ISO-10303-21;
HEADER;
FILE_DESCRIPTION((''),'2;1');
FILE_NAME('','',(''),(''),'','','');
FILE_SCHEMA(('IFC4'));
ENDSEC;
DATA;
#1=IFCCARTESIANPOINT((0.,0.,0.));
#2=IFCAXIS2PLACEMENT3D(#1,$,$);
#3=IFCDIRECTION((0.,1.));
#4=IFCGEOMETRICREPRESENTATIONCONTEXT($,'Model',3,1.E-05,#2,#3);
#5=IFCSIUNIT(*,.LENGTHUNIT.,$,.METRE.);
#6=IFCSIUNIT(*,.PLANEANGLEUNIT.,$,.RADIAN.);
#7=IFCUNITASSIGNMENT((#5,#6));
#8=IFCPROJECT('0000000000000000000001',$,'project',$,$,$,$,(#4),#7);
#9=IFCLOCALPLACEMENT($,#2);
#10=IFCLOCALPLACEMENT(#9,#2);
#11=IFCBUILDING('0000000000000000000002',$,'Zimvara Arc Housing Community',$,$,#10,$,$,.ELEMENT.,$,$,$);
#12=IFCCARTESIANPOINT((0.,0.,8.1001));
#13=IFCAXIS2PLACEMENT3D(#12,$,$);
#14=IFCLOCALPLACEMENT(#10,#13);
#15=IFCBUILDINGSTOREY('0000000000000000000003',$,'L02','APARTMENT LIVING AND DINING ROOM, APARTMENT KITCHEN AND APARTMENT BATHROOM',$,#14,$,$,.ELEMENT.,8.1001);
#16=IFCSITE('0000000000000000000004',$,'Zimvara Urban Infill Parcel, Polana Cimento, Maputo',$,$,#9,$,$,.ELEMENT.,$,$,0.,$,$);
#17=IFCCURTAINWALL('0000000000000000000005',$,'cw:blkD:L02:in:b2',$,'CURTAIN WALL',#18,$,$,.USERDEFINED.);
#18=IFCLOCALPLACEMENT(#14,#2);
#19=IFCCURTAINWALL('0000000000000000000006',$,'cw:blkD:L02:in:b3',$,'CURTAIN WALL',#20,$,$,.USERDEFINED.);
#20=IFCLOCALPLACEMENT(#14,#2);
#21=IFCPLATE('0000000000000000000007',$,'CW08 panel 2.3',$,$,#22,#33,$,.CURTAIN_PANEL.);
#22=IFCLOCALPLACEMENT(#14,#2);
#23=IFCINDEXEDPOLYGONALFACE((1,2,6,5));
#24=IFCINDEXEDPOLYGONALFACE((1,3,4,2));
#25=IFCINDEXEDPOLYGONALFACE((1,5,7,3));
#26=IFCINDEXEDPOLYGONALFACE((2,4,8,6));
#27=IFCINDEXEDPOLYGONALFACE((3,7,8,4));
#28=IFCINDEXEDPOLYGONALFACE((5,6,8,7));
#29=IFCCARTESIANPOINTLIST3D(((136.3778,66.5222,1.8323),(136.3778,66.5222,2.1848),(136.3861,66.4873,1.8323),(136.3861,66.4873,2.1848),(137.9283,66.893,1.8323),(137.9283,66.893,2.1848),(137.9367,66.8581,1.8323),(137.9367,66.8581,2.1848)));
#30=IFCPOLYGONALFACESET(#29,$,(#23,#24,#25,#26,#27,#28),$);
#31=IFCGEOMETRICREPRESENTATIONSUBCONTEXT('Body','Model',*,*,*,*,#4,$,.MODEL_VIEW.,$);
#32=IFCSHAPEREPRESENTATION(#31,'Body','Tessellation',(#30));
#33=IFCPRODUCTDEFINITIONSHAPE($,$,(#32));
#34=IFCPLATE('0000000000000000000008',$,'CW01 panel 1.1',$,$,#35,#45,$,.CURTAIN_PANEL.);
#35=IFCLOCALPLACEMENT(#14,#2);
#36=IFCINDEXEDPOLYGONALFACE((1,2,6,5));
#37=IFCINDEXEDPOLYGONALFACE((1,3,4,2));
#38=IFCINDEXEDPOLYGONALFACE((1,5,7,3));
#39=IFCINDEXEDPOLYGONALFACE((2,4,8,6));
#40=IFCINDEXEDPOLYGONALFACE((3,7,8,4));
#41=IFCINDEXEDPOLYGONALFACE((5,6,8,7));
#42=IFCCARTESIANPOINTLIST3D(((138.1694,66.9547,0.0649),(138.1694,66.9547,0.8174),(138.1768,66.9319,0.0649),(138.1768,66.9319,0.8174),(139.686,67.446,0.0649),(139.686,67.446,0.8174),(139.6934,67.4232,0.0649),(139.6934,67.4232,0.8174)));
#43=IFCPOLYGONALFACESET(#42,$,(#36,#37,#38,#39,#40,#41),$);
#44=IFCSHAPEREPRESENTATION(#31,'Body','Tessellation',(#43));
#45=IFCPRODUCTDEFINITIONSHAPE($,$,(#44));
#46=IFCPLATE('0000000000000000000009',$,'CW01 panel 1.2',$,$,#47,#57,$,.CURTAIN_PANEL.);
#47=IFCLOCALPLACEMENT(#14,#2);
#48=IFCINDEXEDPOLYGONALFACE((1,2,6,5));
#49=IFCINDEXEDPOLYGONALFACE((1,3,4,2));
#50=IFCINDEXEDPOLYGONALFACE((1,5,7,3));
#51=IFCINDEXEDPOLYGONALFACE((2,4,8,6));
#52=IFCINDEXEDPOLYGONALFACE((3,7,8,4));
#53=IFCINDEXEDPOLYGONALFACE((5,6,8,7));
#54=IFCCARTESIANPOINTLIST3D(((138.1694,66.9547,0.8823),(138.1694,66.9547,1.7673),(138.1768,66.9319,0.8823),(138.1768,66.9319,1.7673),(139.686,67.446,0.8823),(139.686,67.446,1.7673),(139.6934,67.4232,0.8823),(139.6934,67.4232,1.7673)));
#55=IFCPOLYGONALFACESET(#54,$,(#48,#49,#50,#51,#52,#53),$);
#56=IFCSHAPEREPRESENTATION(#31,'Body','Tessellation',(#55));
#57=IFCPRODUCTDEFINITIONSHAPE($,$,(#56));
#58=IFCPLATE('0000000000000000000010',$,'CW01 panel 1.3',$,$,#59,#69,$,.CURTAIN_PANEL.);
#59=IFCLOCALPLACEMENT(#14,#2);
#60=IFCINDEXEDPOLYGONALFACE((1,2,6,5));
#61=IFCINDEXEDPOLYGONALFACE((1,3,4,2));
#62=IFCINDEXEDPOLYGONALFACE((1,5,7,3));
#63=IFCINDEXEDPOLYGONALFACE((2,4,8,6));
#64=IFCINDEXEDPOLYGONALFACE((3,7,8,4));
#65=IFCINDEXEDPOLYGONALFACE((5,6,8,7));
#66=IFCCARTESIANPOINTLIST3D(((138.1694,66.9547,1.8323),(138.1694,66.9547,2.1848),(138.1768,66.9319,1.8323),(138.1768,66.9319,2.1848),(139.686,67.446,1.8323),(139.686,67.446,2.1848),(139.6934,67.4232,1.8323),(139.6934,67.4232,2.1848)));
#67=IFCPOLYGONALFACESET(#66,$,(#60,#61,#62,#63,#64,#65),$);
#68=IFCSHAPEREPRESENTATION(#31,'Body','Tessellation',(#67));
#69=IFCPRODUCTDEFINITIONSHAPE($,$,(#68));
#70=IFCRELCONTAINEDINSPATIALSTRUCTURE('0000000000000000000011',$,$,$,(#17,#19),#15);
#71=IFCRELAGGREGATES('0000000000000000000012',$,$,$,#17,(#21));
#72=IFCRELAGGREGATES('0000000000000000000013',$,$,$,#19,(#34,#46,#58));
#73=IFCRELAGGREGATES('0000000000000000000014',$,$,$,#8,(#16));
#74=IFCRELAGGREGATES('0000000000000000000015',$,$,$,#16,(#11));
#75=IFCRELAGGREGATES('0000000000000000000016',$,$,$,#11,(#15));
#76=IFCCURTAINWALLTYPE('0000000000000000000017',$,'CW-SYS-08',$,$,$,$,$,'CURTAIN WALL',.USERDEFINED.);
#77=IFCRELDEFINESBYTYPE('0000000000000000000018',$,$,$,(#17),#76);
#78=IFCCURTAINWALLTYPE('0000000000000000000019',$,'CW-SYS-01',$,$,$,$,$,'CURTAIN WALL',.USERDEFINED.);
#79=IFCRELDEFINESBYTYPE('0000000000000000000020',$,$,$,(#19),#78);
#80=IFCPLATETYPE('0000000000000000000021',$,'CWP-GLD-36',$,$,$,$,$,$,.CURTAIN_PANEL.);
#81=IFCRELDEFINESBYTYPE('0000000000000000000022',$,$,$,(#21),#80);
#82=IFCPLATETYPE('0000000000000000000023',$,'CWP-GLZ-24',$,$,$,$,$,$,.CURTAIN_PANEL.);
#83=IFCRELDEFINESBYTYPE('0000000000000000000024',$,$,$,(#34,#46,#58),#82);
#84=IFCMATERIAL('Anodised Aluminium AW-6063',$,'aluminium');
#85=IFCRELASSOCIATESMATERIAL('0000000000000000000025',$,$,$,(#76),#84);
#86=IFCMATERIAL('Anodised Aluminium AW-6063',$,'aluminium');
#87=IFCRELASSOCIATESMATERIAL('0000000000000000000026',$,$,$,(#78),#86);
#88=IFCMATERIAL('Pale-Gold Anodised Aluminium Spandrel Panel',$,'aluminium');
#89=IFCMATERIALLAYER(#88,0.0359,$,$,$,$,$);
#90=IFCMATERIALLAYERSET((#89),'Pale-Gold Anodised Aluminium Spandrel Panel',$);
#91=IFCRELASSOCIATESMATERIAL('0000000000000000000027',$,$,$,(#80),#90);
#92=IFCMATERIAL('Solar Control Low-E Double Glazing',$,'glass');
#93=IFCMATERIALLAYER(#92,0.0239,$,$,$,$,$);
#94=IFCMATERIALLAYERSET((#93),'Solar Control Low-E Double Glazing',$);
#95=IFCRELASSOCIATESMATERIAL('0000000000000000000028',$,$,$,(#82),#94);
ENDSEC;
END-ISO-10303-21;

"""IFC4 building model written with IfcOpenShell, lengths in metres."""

from ifc_helpers import new_model, si_unit, direction, frame, origin, origin_2d, place, context, subcontext, project, spatial, rectangle, extrude, material, layer, layer_set, type_object, element, aggregate, save


model = new_model("IFC4")

# Units and contexts
model_context = context("Model", 3, precision=1e-05, world=origin(), true_north=direction((0.0, 1.0)))
body_context = subcontext(model_context, "Body", "Model", "MODEL_VIEW")
ifc_project = project(units=[si_unit("LENGTHUNIT", "METRE"), si_unit("PLANEANGLEUNIT", "RADIAN")], contexts=[model_context])

# Site, building, storey
site_placement = place(None, origin())
site = spatial("IfcSite", under=ifc_project, at=site_placement, Name="Zimvara Urban Infill Parcel, Polana Cimento, Maputo", CompositionType="ELEMENT", RefElevation=0.0)
building_placement = place(site_placement, origin())
building = spatial("IfcBuilding", under=site, at=building_placement, Name="Zimvara Arc Housing Community", CompositionType="ELEMENT")
storey_placement = place(building_placement, frame((0.0, 0.0, 8.1001)))
storey = spatial("IfcBuildingStorey", under=building, at=storey_placement, Name="L02", Description="APARTMENT LIVING AND DINING ROOM, APARTMENT KITCHEN AND APARTMENT BATHROOM", CompositionType="ELEMENT", Elevation=8.1001)

# Curtain walls
ifc_material_1 = material(Name="Anodised Aluminium AW-6063", Category="aluminium")
curtain_wall_type_1 = type_object("IfcCurtainWallType", Name="CW-SYS-08", ElementType="CURTAIN WALL", PredefinedType="USERDEFINED", material=ifc_material_1)
curtain_wall_1_placement = place(storey_placement, origin())
curtain_wall_1 = element("IfcCurtainWall", 1, at=curtain_wall_1_placement, inside=storey, type_object=curtain_wall_type_1, Name="cw:blkD:L02:in:b2", ObjectType="CURTAIN WALL", PredefinedType="USERDEFINED")
ifc_material_2 = material(Name="Anodised Aluminium AW-6063", Category="aluminium")
curtain_wall_type_2 = type_object("IfcCurtainWallType", Name="CW-SYS-01", ElementType="CURTAIN WALL", PredefinedType="USERDEFINED", material=ifc_material_2)
curtain_wall_2_placement = place(storey_placement, origin())
curtain_wall_2 = element("IfcCurtainWall", 2, at=curtain_wall_2_placement, inside=storey, type_object=curtain_wall_type_2, Name="cw:blkD:L02:in:b3", ObjectType="CURTAIN WALL", PredefinedType="USERDEFINED")

# Plates
ifc_material_3 = material(Name="Pale-Gold Anodised Aluminium Spandrel Panel", Category="aluminium")
ifc_layer_1 = layer(ifc_material_3, 0.0359)
ifc_layer_set_1 = layer_set([ifc_layer_1], Name="Pale-Gold Anodised Aluminium Spandrel Panel")
plate_type_1 = type_object("IfcPlateType", Name="CWP-GLD-36", PredefinedType="CURTAIN_PANEL", material=ifc_layer_set_1)
plate_1_placement = place(storey_placement, frame((137.1572, 66.6902, 1.8323), z_axis=(0.0, 0.0, 1.0), x_axis=(0.972573, 0.232596, 0.0)))
plate_1 = element("IfcPlate", 3, at=plate_1_placement, type_object=plate_type_1, Name="CW08 panel 2.3", PredefinedType="CURTAIN_PANEL", context=body_context, shape_type="SweptSolid", body=[
    extrude(rectangle(XDim=1.5942, YDim=0.0359, at=origin_2d()), origin(), (0.0, 0.0, 1.0), 0.3525),
])
aggregate(curtain_wall_1, [plate_1])
ifc_material_4 = material(Name="Solar Control Low-E Double Glazing", Category="glass")
ifc_layer_2 = layer(ifc_material_4, 0.0239)
ifc_layer_set_2 = layer_set([ifc_layer_2], Name="Solar Control Low-E Double Glazing")
plate_type_2 = type_object("IfcPlateType", Name="CWP-GLZ-24", PredefinedType="CURTAIN_PANEL", material=ifc_layer_set_2)
plate_2_placement = place(storey_placement, frame((138.9314, 67.189, 0.0649), z_axis=(0.0, 0.0, 1.0), x_axis=(0.951326, 0.308185, 0.0)))
plate_2 = element("IfcPlate", 4, at=plate_2_placement, type_object=plate_type_2, Name="CW01 panel 1.1", PredefinedType="CURTAIN_PANEL", context=body_context, shape_type="SweptSolid", body=[
    extrude(rectangle(XDim=1.5942, YDim=0.0239, at=origin_2d()), origin(), (0.0, 0.0, 1.0), 0.7524),
])
plate_3_placement = place(storey_placement, frame((138.9314, 67.189, 0.8823), z_axis=(0.0, 0.0, 1.0), x_axis=(0.951326, 0.308185, 0.0)))
plate_3 = element("IfcPlate", 5, at=plate_3_placement, type_object=plate_type_2, Name="CW01 panel 1.2", PredefinedType="CURTAIN_PANEL", context=body_context, shape_type="SweptSolid", body=[
    extrude(rectangle(XDim=1.5942, YDim=0.0239, at=origin_2d()), origin(), (0.0, 0.0, 1.0), 0.885),
])
plate_4_placement = place(storey_placement, frame((138.9314, 67.189, 1.8323), z_axis=(0.0, 0.0, 1.0), x_axis=(0.951326, 0.308185, 0.0)))
plate_4 = element("IfcPlate", 6, at=plate_4_placement, type_object=plate_type_2, Name="CW01 panel 1.3", PredefinedType="CURTAIN_PANEL", context=body_context, shape_type="SweptSolid", body=[
    extrude(rectangle(XDim=1.5942, YDim=0.0239, at=origin_2d()), origin(), (0.0, 0.0, 1.0), 0.3525),
])
aggregate(curtain_wall_2, [plate_2, plate_3, plate_4])

save(model, "model.ifc")
